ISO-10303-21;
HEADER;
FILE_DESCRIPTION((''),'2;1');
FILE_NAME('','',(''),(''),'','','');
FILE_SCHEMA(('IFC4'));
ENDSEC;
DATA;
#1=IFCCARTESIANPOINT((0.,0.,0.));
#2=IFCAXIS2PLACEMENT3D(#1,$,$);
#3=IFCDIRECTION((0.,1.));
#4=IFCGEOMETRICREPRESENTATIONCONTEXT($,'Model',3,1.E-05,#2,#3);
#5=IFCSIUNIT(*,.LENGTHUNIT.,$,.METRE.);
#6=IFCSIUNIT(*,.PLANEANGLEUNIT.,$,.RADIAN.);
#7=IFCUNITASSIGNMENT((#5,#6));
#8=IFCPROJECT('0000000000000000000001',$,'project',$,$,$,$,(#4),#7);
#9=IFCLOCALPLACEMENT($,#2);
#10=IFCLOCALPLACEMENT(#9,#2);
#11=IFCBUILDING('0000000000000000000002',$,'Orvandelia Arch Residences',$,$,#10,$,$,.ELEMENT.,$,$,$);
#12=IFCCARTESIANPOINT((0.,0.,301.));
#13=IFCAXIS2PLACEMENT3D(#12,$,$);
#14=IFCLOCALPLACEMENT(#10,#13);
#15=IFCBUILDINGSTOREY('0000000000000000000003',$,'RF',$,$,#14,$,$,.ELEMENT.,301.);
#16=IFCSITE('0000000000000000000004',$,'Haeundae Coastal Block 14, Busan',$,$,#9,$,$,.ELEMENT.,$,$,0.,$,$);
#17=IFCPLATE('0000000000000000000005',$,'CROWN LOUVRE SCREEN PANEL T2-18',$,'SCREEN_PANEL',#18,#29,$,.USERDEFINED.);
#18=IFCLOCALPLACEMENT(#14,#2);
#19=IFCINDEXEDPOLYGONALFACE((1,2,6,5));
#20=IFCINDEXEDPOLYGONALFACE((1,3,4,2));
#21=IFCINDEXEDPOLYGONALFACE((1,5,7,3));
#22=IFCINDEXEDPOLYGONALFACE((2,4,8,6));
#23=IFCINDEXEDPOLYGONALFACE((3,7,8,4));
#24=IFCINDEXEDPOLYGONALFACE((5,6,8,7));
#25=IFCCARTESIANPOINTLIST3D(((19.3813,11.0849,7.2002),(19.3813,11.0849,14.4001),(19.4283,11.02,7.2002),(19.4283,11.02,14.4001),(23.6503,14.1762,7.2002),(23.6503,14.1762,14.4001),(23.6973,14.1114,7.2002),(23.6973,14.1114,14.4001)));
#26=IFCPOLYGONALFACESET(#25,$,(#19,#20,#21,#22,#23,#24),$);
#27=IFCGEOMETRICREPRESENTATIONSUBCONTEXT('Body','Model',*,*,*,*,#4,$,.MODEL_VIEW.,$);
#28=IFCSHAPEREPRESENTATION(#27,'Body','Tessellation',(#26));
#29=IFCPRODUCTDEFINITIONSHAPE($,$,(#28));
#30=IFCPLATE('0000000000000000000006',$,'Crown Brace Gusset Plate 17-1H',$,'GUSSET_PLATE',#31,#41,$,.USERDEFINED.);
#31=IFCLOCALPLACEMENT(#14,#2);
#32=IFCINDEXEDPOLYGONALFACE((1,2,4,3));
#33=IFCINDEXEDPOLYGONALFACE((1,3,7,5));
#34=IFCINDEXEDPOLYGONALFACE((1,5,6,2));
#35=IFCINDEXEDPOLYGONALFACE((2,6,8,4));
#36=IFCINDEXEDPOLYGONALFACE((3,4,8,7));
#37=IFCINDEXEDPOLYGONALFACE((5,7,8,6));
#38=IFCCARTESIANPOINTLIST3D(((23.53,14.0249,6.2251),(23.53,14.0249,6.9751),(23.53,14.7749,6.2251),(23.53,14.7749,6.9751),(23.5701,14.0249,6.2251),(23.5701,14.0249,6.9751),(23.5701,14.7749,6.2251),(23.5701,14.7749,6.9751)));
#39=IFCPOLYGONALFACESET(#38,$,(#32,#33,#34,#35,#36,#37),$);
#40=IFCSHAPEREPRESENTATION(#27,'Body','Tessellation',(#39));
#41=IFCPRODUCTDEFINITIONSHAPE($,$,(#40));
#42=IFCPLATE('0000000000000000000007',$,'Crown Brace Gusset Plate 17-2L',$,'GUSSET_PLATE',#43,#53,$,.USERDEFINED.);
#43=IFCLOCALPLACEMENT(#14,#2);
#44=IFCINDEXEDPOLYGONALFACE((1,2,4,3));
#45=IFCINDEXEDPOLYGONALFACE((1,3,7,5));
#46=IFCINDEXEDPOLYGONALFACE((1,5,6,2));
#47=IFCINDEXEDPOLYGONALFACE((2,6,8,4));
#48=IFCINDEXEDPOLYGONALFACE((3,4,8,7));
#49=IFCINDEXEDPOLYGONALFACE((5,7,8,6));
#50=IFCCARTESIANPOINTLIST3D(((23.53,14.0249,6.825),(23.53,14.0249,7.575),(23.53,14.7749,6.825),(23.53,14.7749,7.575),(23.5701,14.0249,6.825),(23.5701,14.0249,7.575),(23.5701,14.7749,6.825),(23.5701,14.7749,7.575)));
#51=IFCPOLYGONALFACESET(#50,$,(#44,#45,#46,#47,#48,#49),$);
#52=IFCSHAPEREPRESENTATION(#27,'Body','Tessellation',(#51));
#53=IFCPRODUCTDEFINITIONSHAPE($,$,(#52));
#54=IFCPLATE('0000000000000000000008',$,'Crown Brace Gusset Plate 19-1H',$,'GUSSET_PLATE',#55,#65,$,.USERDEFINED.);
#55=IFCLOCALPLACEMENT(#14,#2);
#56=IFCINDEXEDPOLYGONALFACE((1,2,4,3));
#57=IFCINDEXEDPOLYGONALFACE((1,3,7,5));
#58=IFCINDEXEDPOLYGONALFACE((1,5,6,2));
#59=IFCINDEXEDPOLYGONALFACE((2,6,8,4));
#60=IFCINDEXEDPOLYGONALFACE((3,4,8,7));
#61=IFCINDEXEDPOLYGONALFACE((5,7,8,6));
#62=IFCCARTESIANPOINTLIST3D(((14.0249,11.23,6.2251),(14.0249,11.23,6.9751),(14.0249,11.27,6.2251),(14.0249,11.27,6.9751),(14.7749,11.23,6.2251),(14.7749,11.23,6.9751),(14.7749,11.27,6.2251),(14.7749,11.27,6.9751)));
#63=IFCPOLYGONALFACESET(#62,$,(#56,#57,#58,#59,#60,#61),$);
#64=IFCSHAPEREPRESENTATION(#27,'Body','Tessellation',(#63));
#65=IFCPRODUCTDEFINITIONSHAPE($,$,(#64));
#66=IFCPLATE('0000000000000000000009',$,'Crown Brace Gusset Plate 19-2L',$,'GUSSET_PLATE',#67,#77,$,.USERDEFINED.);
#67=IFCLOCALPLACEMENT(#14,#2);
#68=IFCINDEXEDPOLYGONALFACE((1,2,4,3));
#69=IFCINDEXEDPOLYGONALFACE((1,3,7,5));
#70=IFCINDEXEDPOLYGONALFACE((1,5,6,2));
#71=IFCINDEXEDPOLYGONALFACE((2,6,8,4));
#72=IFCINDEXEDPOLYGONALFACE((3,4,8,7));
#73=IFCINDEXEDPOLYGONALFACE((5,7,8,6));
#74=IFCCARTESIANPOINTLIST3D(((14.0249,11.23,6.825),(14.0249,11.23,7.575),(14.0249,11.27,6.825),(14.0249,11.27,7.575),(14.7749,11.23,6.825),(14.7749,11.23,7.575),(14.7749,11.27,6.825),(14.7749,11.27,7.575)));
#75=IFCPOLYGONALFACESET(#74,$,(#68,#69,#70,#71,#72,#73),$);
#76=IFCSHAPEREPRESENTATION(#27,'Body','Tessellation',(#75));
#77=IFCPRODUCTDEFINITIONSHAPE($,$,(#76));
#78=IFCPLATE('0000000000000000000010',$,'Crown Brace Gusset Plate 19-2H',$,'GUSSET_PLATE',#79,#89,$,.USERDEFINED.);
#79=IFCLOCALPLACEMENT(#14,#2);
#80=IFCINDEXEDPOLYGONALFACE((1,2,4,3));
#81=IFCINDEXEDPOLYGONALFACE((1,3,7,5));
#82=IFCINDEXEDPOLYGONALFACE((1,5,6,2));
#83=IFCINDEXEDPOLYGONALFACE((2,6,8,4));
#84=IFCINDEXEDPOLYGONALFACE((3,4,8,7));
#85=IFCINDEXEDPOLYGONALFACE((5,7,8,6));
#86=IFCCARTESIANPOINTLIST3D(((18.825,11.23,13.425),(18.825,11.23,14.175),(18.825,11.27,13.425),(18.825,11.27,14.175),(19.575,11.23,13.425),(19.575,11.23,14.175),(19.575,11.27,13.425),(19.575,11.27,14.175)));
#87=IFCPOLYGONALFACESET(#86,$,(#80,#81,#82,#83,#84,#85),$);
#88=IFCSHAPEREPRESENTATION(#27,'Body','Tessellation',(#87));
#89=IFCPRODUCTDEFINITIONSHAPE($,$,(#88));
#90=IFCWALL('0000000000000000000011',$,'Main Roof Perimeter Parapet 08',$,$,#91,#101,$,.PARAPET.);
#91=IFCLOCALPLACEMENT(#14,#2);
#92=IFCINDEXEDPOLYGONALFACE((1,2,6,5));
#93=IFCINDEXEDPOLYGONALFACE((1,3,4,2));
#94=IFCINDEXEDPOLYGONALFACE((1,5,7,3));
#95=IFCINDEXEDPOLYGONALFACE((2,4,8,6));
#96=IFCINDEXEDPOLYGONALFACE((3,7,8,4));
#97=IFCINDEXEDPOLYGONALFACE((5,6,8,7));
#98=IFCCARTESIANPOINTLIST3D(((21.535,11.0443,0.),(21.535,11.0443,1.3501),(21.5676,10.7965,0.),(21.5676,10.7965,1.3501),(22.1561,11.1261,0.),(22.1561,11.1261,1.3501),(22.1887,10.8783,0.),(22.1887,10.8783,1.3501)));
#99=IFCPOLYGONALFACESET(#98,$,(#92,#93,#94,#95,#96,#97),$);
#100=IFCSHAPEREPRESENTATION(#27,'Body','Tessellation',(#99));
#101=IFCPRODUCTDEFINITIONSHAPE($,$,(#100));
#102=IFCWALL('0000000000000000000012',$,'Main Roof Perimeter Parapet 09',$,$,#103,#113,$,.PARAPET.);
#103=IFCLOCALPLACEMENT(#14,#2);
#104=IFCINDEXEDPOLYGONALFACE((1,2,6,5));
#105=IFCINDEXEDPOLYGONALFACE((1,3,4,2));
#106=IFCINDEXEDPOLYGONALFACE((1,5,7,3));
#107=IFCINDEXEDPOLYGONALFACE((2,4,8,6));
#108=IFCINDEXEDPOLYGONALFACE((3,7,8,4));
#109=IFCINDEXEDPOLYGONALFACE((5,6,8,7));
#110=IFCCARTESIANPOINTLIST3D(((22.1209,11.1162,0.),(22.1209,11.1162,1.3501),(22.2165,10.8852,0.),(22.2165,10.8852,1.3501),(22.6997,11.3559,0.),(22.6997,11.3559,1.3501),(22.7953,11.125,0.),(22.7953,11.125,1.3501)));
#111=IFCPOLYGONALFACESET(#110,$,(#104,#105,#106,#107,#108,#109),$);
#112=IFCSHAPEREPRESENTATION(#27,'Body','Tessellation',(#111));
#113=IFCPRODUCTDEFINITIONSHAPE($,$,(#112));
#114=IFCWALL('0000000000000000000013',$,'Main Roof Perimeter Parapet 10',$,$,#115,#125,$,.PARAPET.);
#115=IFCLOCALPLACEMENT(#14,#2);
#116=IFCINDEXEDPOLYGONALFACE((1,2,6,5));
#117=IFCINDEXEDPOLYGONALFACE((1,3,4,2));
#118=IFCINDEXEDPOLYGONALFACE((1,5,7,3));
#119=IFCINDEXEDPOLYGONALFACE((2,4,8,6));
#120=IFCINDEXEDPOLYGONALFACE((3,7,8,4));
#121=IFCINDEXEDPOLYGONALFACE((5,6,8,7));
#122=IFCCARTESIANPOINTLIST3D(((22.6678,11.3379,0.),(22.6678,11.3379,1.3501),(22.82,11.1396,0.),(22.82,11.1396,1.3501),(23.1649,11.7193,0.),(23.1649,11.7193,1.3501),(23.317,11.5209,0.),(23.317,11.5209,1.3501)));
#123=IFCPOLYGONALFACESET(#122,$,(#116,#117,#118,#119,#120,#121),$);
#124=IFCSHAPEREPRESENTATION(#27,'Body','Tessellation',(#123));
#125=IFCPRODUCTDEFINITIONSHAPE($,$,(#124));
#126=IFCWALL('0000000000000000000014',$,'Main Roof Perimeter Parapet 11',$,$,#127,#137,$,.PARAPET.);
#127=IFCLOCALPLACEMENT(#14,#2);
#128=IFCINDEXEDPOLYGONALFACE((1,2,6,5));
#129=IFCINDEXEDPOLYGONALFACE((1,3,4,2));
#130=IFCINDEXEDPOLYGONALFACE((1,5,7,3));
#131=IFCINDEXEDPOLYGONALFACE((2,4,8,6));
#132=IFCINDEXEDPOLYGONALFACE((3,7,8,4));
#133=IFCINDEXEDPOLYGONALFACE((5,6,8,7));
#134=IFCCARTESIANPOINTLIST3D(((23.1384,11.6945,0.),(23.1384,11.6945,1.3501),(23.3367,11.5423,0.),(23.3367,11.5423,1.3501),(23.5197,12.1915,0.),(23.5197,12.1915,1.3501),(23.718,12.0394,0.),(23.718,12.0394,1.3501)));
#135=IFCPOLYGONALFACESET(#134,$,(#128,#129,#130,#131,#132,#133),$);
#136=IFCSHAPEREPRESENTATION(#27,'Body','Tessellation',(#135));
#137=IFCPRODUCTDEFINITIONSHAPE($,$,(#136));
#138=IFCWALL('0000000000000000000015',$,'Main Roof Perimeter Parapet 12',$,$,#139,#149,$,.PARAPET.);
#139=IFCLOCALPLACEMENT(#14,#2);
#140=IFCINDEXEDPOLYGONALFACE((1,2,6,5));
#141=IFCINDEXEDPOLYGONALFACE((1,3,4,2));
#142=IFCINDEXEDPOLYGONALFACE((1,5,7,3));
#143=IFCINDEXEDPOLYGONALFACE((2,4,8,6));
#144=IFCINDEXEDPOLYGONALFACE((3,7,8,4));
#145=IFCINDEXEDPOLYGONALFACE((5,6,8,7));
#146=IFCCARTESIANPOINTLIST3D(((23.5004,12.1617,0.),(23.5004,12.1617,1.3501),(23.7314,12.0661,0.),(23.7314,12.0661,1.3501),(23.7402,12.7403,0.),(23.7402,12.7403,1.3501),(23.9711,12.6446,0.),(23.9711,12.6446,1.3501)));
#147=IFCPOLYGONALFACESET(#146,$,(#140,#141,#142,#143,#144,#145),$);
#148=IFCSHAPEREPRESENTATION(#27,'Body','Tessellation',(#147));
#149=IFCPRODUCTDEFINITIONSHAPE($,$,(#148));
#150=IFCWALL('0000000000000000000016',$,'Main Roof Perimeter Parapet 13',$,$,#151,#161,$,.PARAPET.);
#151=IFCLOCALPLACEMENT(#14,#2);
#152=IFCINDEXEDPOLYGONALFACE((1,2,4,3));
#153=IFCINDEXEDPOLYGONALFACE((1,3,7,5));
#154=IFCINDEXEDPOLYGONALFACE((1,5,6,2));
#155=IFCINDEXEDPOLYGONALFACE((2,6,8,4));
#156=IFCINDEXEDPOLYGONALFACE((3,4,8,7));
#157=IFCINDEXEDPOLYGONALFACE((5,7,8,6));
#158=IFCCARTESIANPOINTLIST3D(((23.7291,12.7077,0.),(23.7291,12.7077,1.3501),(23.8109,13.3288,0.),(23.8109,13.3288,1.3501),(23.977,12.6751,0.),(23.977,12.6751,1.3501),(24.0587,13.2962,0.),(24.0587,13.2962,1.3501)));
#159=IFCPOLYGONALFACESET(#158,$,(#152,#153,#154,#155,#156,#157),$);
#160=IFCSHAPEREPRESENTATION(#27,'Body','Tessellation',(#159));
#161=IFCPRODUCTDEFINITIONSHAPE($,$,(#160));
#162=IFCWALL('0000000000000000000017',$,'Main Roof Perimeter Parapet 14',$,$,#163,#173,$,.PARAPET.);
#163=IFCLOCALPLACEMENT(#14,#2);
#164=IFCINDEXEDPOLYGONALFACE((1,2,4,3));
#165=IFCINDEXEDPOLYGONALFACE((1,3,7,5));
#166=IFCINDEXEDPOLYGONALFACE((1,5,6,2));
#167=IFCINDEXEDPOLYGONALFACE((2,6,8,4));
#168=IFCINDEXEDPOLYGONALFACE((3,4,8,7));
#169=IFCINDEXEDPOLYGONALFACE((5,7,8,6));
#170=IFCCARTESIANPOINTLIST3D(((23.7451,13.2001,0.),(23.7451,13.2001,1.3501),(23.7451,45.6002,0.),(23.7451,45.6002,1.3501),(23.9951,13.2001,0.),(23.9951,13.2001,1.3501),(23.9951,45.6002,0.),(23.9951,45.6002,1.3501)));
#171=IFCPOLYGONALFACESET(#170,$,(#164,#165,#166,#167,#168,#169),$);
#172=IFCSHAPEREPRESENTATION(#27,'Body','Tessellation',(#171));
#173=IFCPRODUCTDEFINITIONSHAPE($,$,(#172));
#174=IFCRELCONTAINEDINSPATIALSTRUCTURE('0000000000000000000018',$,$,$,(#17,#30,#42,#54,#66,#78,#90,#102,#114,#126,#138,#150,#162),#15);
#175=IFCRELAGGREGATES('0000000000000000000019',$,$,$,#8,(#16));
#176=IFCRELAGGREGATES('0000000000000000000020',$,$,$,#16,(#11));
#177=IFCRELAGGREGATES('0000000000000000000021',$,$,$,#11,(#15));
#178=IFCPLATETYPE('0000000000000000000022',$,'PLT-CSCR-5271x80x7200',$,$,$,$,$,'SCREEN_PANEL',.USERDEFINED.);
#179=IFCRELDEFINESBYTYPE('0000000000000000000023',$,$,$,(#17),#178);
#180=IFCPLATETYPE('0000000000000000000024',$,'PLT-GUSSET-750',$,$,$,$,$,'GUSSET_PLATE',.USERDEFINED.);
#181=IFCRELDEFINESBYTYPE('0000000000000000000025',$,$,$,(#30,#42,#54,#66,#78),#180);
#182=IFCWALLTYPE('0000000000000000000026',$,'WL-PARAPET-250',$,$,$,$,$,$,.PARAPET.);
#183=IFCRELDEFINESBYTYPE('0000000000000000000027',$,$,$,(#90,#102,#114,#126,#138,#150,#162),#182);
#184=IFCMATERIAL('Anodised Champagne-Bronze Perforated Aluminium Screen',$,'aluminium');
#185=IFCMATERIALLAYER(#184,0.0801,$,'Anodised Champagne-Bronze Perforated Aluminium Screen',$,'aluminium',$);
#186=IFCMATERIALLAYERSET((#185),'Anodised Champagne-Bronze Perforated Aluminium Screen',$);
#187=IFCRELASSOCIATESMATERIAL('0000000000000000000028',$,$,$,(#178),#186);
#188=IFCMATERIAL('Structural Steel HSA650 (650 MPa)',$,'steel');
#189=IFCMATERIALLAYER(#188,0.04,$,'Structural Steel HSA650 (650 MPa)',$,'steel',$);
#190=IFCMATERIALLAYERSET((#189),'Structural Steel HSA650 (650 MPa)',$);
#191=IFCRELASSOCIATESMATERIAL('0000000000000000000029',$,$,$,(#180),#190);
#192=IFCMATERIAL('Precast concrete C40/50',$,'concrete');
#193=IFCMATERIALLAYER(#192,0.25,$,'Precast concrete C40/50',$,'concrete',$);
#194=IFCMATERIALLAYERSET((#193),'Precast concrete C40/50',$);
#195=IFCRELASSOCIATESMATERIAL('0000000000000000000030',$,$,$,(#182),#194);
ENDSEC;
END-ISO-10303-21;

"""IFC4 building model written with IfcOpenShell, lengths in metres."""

from ifc_helpers import new_model, si_unit, direction, frame, frame_2d, origin, origin_2d, place, context, subcontext, project, spatial, rectangle, extrude, material, layer, layer_set, type_object, element, save


model = new_model("IFC4")

# Units and contexts
model_context = context("Model", 3, precision=1e-05, world=origin(), true_north=direction((0.0, 1.0)))
body_context = subcontext(model_context, "Body", "Model", "MODEL_VIEW")
ifc_project = project(units=[si_unit("LENGTHUNIT", "METRE"), si_unit("PLANEANGLEUNIT", "RADIAN")], contexts=[model_context])

# Site, building, storey
site_placement = place(None, origin())
site = spatial("IfcSite", under=ifc_project, at=site_placement, Name="Haeundae Coastal Block 14, Busan", CompositionType="ELEMENT", RefElevation=0.0)
building_placement = place(site_placement, origin())
building = spatial("IfcBuilding", under=site, at=building_placement, Name="Orvandelia Arch Residences", CompositionType="ELEMENT")
storey_placement = place(building_placement, frame((0.0, 0.0, 301.0)))
storey = spatial("IfcBuildingStorey", under=building, at=storey_placement, Name="RF", CompositionType="ELEMENT", Elevation=301.0)

# Shared definitions
ifc_material_1 = material(Name="Structural Steel HSA650 (650 MPa)", Category="steel")

# Plates
ifc_material_2 = material(Name="Anodised Champagne-Bronze Perforated Aluminium Screen", Category="aluminium")
ifc_layer_1 = layer(ifc_material_2, 0.0801, Name="Anodised Champagne-Bronze Perforated Aluminium Screen", Category="aluminium")
ifc_layer_set_1 = layer_set([ifc_layer_1], Name="Anodised Champagne-Bronze Perforated Aluminium Screen")
plate_type_1 = type_object("IfcPlateType", Name="PLT-CSCR-5271x80x7200", ElementType="SCREEN_PANEL", PredefinedType="USERDEFINED", material=ifc_layer_set_1)
for number, where, z_axis, x_axis, name in (
    (1, (21.5393, 12.5981, 7.2002), (0.0, 0.0, 1.0), (-0.809942, -0.58651, 0.0), "CROWN LOUVRE SCREEN PANEL T2-18"),
):
    element("IfcPlate", number, at=place(storey_placement, frame(where, z_axis=z_axis, x_axis=x_axis)), inside=storey, type_object=plate_type_1, Name=name, ObjectType="SCREEN_PANEL", PredefinedType="USERDEFINED", context=body_context, shape_type="SweptSolid", body=[
        extrude(rectangle(XDim=5.2708, YDim=0.0801, at=origin_2d()), origin(), (0.0, 0.0, 1.0), 7.2),
    ])
ifc_layer_2 = layer(ifc_material_1, 0.04, Name="Structural Steel HSA650 (650 MPa)", Category="steel")
ifc_layer_set_2 = layer_set([ifc_layer_2], Name="Structural Steel HSA650 (650 MPa)")
plate_type_2 = type_object("IfcPlateType", Name="PLT-GUSSET-750", ElementType="GUSSET_PLATE", PredefinedType="USERDEFINED", material=ifc_layer_set_2)
for number, where, z_axis, x_axis, name in (
    (2, (23.55, 14.3999, 6.2251), (0.0, 0.0, 1.0), (0.0, -1.0, 0.0), "Crown Brace Gusset Plate 17-1H"),
    (3, (23.55, 14.3999, 6.825), (0.0, 0.0, 1.0), (0.0, -1.0, 0.0), "Crown Brace Gusset Plate 17-2L"),
    (4, (14.3999, 11.25, 6.2251), (0.0, 0.0, 1.0), (-1.0, 0.0, 0.0), "Crown Brace Gusset Plate 19-1H"),
    (5, (14.3999, 11.25, 6.825), (0.0, 0.0, 1.0), (-1.0, 0.0, 0.0), "Crown Brace Gusset Plate 19-2L"),
    (6, (19.2, 11.25, 13.425), (0.0, 0.0, 1.0), (-1.0, 0.0, 0.0), "Crown Brace Gusset Plate 19-2H"),
):
    element("IfcPlate", number, at=place(storey_placement, frame(where, z_axis=z_axis, x_axis=x_axis)), inside=storey, type_object=plate_type_2, Name=name, ObjectType="GUSSET_PLATE", PredefinedType="USERDEFINED", context=body_context, shape_type="SweptSolid", body=[
        extrude(rectangle(XDim=0.75, YDim=0.04, at=origin_2d()), origin(), (0.0, 0.0, 1.0), 0.75),
    ])

# Walls
ifc_material_3 = material(Name="Precast concrete C40/50", Category="concrete")
ifc_layer_3 = layer(ifc_material_3, 0.25, Name="Precast concrete C40/50", Category="concrete")
ifc_layer_set_3 = layer_set([ifc_layer_3], Name="Precast concrete C40/50")
wall_type = type_object("IfcWallType", Name="WL-PARAPET-250", PredefinedType="PARAPET", material=ifc_layer_set_3)
for number, where, z_axis, x_axis, name in (
    (7, (21.5513, 10.9204, 0.0), (0.0, 0.0, 1.0), (0.991441, 0.130555, 0.0), "Main Roof Perimeter Parapet 08"),
    (8, (22.1687, 11.0007, 0.0), (0.0, 0.0, 1.0), (0.923893, 0.38265, 0.0), "Main Roof Perimeter Parapet 09"),
    (9, (22.7439, 11.2388, 0.0), (0.0, 0.0, 1.0), (0.793406, 0.608693, 0.0), "Main Roof Perimeter Parapet 10"),
    (10, (23.2375, 11.6184, 0.0), (0.0, 0.0, 1.0), (0.608693, 0.793406, 0.0), "Main Roof Perimeter Parapet 11"),
):
    element("IfcWall", number, at=place(storey_placement, frame(where, z_axis=z_axis, x_axis=x_axis)), inside=storey, type_object=wall_type, Name=name, PredefinedType="PARAPET", context=body_context, shape_type="SweptSolid", body=[
        extrude(rectangle(XDim=0.6265, YDim=0.25, at=frame_2d((0.3132, 0.0))), origin(), (0.0, 0.0, 1.0), 1.3501),
    ])
wall_1_placement = place(storey_placement, frame((23.616, 12.114, 0.0), z_axis=(0.0, 0.0, 1.0), x_axis=(0.382788, 0.923836, 0.0)))
element("IfcWall", 11, at=wall_1_placement, inside=storey, type_object=wall_type, Name="Main Roof Perimeter Parapet 12", PredefinedType="PARAPET", context=body_context, shape_type="SweptSolid", body=[
    extrude(rectangle(XDim=0.6262, YDim=0.25, at=frame_2d((0.313, 0.0))), origin(), (0.0, 0.0, 1.0), 1.3501),
])
wall_2_placement = place(storey_placement, frame((23.853, 12.6914, 0.0), z_axis=(0.0, 0.0, 1.0), x_axis=(0.130555, 0.991441, 0.0)))
element("IfcWall", 12, at=wall_2_placement, inside=storey, type_object=wall_type, Name="Main Roof Perimeter Parapet 13", PredefinedType="PARAPET", context=body_context, shape_type="SweptSolid", body=[
    extrude(rectangle(XDim=0.6265, YDim=0.25, at=frame_2d((0.3132, 0.0))), origin(), (0.0, 0.0, 1.0), 1.3501),
])
wall_3_placement = place(storey_placement, frame((23.8701, 13.2, 0.0), z_axis=(0.0, 0.0, 1.0), x_axis=(0.0, 1.0, 0.0)))
element("IfcWall", 13, at=wall_3_placement, inside=storey, type_object=wall_type, Name="Main Roof Perimeter Parapet 14", PredefinedType="PARAPET", context=body_context, shape_type="SweptSolid", body=[
    extrude(rectangle(XDim=32.4001, YDim=0.25, at=frame_2d((16.2002, 0.0))), origin(), (0.0, 0.0, 1.0), 1.3501),
])

save(model, "model.ifc")
